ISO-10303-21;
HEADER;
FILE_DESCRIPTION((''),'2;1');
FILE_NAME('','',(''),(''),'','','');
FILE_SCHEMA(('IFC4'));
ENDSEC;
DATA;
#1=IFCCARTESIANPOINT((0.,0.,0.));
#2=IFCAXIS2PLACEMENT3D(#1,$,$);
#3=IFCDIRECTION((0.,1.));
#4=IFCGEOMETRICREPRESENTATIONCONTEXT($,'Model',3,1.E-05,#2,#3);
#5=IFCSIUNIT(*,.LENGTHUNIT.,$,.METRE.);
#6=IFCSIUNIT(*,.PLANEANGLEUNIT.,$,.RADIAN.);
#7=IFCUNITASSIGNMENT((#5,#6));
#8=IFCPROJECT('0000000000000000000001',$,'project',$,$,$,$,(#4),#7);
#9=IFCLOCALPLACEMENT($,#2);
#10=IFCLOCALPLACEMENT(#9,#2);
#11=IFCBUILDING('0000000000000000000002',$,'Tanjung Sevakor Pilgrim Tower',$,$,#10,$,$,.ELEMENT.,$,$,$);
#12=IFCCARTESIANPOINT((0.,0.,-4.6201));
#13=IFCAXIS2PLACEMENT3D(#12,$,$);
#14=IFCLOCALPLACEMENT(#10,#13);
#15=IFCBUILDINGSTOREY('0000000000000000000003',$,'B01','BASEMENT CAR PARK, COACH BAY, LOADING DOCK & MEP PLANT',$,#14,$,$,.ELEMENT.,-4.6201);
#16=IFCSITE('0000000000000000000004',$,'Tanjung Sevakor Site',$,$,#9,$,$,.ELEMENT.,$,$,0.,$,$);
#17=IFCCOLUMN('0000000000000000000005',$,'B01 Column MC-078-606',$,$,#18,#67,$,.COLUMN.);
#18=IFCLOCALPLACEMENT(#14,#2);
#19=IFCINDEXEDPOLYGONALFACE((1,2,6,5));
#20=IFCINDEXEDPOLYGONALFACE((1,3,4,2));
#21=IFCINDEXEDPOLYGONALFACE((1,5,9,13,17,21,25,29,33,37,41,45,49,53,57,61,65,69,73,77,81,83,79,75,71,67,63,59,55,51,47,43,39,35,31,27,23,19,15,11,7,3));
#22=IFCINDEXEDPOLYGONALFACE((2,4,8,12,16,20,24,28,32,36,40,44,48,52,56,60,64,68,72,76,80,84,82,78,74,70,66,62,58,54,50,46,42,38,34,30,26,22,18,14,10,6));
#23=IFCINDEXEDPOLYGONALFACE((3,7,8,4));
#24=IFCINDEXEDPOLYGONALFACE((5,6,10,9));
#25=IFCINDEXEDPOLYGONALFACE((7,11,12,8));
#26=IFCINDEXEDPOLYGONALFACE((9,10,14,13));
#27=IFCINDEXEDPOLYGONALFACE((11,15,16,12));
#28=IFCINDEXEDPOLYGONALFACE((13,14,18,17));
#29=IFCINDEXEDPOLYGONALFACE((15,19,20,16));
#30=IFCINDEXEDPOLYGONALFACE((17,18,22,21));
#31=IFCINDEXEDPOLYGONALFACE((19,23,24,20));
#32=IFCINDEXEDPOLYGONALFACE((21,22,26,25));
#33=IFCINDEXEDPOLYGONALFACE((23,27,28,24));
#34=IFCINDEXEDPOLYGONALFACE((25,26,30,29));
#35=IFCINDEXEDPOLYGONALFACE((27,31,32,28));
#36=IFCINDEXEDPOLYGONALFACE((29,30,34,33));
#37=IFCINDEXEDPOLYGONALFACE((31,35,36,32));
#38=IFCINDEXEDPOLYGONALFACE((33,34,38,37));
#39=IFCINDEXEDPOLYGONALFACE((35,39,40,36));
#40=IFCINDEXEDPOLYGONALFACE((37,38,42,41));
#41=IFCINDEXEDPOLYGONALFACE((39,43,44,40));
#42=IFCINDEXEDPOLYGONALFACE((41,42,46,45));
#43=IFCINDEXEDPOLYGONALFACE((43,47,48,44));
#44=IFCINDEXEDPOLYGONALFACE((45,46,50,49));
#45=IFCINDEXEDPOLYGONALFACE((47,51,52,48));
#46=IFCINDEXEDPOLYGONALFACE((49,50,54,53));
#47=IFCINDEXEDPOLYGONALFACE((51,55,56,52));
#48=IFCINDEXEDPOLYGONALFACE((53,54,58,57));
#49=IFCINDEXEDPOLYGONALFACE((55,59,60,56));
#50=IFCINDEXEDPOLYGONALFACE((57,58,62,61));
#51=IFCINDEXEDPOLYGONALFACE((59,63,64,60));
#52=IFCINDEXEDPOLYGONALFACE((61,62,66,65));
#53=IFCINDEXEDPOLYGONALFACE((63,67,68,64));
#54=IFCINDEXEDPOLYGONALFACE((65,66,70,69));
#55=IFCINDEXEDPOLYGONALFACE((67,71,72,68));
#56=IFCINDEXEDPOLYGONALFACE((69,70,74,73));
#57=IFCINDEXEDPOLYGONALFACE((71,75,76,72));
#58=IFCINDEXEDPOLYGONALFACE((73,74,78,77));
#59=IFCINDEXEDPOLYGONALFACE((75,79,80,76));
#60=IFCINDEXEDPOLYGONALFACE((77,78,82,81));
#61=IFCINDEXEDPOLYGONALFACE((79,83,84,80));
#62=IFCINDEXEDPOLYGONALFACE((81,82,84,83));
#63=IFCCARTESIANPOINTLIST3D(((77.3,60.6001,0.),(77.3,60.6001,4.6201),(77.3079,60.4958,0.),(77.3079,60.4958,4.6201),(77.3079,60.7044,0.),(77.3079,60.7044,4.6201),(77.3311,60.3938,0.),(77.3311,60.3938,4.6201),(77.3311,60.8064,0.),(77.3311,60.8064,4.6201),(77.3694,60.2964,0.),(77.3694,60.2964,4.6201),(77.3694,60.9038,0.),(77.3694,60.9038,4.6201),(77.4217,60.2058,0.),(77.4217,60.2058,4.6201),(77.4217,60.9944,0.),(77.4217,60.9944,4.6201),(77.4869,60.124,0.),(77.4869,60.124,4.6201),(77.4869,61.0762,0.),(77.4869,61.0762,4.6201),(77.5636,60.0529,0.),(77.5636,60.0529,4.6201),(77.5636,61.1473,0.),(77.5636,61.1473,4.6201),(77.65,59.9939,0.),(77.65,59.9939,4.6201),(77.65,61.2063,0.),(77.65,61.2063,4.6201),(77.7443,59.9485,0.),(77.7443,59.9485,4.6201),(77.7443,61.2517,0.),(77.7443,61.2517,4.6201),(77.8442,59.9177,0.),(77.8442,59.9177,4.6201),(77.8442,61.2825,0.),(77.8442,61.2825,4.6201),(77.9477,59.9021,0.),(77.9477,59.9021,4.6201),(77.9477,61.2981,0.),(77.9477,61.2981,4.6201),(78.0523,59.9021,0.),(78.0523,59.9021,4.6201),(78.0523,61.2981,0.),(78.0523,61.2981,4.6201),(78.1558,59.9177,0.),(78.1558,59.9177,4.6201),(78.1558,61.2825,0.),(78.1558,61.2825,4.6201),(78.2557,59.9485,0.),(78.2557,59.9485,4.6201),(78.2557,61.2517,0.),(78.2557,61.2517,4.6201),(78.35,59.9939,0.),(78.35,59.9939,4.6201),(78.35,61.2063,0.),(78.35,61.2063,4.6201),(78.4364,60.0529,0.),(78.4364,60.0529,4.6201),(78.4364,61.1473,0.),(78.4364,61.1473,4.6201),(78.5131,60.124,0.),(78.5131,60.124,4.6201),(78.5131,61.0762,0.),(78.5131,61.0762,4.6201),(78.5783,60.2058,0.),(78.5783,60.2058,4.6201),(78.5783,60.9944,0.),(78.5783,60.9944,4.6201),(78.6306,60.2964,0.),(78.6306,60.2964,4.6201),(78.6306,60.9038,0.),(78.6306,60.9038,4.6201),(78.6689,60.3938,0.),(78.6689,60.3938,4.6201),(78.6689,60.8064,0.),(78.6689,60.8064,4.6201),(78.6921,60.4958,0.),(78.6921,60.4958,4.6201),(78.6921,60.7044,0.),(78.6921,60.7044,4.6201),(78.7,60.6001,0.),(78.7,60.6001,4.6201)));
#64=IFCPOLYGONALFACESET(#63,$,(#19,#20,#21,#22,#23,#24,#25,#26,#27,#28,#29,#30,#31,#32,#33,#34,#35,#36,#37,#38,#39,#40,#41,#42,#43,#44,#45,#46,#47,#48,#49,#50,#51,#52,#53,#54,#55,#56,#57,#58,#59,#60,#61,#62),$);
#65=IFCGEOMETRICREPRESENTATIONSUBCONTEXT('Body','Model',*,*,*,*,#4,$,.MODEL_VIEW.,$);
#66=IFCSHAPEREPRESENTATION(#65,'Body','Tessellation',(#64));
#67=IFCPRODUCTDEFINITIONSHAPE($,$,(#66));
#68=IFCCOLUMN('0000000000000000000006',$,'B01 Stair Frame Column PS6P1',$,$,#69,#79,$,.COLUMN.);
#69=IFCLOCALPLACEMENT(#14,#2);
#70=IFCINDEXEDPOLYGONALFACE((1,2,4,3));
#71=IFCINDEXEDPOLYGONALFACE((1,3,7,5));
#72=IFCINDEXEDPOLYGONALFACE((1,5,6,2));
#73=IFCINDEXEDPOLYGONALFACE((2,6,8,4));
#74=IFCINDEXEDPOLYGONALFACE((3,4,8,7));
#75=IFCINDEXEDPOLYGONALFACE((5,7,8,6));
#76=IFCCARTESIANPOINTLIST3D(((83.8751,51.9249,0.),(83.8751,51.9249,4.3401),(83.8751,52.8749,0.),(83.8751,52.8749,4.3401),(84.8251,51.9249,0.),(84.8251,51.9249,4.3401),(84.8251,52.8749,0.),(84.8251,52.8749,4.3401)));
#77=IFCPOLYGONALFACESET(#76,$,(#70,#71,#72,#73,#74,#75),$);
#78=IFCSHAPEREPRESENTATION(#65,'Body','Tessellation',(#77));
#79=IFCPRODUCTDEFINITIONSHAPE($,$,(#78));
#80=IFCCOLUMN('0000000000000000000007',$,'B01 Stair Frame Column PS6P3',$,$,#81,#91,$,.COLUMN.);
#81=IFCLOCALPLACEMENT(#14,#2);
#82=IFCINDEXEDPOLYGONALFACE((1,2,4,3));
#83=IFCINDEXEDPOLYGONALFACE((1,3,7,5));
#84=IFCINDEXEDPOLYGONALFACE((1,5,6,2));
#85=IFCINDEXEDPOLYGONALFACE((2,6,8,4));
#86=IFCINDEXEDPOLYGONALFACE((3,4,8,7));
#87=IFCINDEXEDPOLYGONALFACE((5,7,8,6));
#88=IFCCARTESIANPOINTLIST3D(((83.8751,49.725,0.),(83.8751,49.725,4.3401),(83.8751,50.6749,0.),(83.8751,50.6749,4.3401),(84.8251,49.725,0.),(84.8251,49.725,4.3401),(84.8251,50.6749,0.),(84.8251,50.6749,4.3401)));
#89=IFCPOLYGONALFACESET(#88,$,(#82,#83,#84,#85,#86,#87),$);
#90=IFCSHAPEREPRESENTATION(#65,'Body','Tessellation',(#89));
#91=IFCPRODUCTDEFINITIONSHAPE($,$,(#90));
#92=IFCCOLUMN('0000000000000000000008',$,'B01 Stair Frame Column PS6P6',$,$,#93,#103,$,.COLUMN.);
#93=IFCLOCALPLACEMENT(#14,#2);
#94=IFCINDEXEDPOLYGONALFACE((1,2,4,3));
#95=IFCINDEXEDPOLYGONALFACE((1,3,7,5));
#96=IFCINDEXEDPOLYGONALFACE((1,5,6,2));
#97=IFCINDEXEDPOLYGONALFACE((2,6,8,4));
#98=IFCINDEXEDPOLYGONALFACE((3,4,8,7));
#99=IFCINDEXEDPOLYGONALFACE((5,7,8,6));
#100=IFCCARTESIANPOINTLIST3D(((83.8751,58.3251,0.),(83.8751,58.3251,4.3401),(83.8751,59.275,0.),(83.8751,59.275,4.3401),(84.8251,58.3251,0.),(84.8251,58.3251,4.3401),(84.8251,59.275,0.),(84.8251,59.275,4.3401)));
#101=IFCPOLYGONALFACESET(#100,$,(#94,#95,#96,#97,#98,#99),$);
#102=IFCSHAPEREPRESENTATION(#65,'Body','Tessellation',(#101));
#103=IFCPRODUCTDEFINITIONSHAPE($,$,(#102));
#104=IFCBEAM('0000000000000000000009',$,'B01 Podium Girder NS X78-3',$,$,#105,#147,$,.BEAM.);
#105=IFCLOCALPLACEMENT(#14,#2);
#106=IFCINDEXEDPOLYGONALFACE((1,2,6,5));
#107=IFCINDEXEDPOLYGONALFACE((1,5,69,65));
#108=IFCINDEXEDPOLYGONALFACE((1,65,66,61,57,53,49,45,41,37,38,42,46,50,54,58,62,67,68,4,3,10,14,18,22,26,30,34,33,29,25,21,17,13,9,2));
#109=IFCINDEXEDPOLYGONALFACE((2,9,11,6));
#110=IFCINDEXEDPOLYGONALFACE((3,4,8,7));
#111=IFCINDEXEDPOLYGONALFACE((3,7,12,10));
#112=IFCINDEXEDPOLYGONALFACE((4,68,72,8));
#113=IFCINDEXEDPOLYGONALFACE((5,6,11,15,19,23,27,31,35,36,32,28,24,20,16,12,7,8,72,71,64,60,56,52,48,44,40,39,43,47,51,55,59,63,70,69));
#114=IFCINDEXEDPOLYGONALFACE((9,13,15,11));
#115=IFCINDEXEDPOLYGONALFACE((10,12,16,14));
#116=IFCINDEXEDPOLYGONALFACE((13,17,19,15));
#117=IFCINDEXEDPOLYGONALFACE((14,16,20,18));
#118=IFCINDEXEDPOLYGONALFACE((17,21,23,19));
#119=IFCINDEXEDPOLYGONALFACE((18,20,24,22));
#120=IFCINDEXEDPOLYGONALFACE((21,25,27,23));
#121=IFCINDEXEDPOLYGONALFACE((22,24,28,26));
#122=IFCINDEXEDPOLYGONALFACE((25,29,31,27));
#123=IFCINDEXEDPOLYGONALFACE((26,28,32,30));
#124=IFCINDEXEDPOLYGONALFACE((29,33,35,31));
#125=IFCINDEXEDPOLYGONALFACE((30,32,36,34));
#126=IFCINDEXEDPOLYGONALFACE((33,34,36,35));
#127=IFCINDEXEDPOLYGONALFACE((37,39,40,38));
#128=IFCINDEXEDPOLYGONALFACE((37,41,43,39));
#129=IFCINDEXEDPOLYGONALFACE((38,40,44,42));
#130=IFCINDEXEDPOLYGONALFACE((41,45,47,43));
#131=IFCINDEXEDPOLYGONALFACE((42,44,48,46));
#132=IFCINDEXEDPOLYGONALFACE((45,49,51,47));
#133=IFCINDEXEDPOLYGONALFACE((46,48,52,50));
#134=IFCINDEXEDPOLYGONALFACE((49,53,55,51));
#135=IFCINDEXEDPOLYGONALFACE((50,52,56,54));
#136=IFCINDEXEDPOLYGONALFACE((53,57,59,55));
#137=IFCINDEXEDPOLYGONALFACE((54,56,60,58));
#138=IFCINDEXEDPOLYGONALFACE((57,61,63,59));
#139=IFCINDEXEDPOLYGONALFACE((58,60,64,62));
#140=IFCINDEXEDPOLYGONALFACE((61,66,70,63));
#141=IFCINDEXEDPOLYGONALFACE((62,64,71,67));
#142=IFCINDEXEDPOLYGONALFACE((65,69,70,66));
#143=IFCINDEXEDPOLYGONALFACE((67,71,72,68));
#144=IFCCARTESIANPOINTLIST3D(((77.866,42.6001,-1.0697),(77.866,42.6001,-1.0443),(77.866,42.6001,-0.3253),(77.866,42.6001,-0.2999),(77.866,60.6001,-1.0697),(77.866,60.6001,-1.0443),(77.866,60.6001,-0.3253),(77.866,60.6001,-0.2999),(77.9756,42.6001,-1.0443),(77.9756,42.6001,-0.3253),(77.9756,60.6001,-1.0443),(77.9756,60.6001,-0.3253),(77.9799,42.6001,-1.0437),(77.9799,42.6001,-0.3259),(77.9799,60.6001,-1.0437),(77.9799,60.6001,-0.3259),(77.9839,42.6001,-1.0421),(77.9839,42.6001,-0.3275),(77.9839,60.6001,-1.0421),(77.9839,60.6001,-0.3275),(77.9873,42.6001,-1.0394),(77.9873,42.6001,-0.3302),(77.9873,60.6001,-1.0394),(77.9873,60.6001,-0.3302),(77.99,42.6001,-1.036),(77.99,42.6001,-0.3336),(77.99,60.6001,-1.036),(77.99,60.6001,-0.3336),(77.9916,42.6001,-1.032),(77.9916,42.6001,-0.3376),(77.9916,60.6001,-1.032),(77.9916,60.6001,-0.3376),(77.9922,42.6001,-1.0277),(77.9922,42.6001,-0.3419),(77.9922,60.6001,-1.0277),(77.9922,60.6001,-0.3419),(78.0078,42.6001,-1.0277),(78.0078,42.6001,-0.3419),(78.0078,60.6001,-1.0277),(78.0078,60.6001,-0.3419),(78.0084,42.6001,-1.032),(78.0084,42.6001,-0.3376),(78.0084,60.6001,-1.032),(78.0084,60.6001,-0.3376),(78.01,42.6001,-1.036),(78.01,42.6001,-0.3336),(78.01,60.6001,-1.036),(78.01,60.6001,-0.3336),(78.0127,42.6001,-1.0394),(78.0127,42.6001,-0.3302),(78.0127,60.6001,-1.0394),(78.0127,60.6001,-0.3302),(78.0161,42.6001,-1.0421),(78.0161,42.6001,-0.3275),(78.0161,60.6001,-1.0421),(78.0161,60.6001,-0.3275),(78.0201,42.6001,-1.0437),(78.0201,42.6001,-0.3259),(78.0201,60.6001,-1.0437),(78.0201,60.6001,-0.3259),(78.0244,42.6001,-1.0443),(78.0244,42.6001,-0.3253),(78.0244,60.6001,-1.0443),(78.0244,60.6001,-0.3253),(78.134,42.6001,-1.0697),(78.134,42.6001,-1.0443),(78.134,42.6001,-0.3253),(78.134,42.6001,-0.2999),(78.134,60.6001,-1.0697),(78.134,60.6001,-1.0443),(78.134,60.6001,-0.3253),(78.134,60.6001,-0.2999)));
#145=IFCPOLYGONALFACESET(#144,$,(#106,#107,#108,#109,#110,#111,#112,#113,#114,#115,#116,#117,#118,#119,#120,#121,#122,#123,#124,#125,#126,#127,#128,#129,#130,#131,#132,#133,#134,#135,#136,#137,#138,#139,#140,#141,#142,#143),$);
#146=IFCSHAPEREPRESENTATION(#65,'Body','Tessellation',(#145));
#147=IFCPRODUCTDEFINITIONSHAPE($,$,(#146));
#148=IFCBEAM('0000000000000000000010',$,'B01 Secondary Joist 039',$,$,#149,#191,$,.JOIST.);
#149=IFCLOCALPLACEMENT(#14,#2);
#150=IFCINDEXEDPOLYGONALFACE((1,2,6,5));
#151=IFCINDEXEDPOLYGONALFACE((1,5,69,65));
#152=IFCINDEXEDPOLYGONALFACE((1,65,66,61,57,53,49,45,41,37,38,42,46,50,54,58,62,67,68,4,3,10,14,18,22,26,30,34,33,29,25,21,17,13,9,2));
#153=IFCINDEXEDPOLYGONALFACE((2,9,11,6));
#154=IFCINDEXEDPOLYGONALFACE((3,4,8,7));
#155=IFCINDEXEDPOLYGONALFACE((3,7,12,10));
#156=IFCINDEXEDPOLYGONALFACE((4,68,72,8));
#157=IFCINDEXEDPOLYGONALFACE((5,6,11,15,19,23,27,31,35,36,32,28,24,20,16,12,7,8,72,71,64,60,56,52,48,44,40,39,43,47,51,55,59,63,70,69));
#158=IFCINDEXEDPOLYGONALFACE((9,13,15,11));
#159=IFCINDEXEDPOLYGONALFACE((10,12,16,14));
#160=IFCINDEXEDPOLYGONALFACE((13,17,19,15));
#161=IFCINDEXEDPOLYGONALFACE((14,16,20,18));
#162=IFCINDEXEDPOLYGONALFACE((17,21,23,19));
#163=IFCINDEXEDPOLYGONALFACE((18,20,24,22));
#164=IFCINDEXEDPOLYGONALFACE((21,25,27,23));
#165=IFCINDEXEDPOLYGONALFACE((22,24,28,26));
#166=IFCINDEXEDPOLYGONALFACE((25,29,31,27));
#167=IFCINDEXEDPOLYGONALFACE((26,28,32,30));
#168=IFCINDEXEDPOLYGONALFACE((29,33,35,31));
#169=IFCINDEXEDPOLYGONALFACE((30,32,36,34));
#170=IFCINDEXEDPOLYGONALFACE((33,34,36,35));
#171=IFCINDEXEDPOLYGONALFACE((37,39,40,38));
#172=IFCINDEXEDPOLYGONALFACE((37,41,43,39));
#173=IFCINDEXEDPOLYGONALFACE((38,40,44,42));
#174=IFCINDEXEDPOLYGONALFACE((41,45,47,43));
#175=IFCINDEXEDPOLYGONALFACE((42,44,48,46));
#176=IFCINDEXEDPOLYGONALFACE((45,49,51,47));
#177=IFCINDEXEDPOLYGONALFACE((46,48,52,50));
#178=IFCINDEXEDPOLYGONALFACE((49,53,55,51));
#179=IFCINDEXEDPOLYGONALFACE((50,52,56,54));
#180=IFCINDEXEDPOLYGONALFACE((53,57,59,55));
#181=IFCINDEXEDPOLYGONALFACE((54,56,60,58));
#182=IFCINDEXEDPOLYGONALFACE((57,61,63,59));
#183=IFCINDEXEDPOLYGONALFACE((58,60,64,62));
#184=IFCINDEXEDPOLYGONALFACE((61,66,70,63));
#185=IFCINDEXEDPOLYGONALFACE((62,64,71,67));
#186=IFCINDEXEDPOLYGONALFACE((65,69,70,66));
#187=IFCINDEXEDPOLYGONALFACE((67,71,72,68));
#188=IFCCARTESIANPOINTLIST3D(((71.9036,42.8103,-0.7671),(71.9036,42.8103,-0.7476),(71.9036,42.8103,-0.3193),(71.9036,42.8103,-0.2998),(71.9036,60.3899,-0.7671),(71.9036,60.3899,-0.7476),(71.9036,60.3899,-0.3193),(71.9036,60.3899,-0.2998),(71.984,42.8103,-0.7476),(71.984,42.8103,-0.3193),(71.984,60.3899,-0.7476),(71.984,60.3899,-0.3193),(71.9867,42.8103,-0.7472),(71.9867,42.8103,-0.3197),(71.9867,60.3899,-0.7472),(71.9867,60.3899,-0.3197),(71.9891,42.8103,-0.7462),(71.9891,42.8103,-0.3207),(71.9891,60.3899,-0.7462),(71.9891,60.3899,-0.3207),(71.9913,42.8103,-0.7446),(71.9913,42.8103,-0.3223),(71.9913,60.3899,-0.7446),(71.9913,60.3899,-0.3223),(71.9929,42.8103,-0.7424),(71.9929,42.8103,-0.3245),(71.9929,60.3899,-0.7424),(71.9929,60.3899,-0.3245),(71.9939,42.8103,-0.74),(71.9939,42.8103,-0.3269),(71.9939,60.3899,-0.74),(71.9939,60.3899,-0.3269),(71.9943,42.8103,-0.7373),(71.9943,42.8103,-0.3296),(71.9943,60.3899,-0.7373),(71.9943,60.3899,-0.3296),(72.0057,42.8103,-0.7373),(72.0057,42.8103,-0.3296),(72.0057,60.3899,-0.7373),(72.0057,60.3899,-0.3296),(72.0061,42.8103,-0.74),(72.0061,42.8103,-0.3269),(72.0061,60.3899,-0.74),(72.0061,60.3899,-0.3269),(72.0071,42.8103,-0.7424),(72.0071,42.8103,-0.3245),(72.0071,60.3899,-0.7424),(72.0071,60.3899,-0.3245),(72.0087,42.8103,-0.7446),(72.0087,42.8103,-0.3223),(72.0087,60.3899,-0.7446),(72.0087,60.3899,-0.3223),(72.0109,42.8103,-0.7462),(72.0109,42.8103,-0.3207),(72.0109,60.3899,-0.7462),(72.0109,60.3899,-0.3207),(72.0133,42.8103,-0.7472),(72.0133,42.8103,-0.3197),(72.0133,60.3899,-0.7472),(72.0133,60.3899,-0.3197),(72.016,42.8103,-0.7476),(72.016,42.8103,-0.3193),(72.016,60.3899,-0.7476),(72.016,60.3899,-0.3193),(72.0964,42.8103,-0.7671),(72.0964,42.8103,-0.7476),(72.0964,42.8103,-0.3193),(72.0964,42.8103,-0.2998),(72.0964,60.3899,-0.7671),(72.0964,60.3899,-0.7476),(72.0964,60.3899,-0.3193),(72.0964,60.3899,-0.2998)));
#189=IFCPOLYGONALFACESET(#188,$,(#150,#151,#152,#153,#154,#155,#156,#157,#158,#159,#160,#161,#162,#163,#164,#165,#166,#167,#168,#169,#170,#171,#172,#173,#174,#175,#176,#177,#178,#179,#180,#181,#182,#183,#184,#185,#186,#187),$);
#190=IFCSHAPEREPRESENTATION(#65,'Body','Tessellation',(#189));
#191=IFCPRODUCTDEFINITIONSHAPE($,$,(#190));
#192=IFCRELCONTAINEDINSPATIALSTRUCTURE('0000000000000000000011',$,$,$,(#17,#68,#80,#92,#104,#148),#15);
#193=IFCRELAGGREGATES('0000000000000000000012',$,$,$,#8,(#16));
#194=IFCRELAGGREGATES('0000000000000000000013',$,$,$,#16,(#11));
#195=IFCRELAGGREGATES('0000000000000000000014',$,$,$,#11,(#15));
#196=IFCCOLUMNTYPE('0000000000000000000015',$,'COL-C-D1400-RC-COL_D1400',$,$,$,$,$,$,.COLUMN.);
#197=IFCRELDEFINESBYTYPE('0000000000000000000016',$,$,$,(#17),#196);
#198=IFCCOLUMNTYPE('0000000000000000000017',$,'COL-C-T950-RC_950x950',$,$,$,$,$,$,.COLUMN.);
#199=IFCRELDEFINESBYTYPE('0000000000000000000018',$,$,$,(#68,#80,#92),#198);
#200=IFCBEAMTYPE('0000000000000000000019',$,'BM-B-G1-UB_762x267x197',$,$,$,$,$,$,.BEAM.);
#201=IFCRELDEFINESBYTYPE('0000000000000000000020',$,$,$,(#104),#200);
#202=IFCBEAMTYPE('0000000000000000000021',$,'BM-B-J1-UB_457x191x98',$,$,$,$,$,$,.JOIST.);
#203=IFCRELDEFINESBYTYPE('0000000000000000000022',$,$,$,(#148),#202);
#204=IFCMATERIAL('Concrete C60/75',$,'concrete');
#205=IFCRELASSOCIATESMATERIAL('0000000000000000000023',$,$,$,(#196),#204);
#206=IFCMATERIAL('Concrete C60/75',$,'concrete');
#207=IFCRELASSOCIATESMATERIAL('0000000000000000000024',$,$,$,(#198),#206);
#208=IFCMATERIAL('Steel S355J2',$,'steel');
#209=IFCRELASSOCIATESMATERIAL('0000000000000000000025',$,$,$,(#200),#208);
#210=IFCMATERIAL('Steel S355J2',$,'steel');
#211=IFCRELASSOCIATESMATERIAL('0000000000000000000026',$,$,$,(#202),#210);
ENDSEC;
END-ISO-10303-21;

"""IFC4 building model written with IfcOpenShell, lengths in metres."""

from ifc_helpers import new_model, si_unit, direction, frame, origin, origin_2d, place, context, subcontext, project, spatial, rectangle, circle, i_section, extrude, material, material_profile, profile_set, type_object, element, save


model = new_model("IFC4")

# Units and contexts
model_context = context("Model", 3, precision=1e-05, world=origin(), true_north=direction((0.0, 1.0)))
body_context = subcontext(model_context, "Body", "Model", "MODEL_VIEW")
ifc_project = project(units=[si_unit("LENGTHUNIT", "METRE"), si_unit("PLANEANGLEUNIT", "RADIAN")], contexts=[model_context])

# Site, building, storey
site_placement = place(None, origin())
site = spatial("IfcSite", under=ifc_project, at=site_placement, Name="Tanjung Sevakor Site", CompositionType="ELEMENT", RefElevation=0.0)
building_placement = place(site_placement, origin())
building = spatial("IfcBuilding", under=site, at=building_placement, Name="Tanjung Sevakor Pilgrim Tower", CompositionType="ELEMENT")
storey_placement = place(building_placement, frame((0.0, 0.0, -4.6201)))
storey = spatial("IfcBuildingStorey", under=building, at=storey_placement, Name="B01", Description="BASEMENT CAR PARK, COACH BAY, LOADING DOCK & MEP PLANT", CompositionType="ELEMENT", Elevation=-4.6201)

# Columns
ifc_material_1 = material(Name="Concrete C60/75", Category="concrete")
ifc_material_profile_1 = material_profile(ifc_material_1, circle(Radius=0.7, at=origin_2d()))
ifc_profile_set_1 = profile_set([ifc_material_profile_1], Name="Concrete C60/75")
column_type_1 = type_object("IfcColumnType", Name="COL-C-D1400-RC-COL_D1400", PredefinedType="COLUMN", material=ifc_profile_set_1)
column_placement = place(storey_placement, frame((78.0, 60.6001, 0.0), z_axis=(0.0, 0.0, 1.0), x_axis=(1.0, 0.0, 0.0)))
element("IfcColumn", 1, at=column_placement, inside=storey, type_object=column_type_1, Name="B01 Column MC-078-606", PredefinedType="COLUMN", context=body_context, shape_type="SweptSolid", body=[
    extrude(circle(Radius=0.7, at=origin_2d()), origin(), (0.0, 0.0, 1.0), 4.6201),
])
ifc_material_2 = material(Name="Concrete C60/75", Category="concrete")
ifc_material_profile_2 = material_profile(ifc_material_2, rectangle(XDim=0.95, YDim=0.95, at=origin_2d()))
ifc_profile_set_2 = profile_set([ifc_material_profile_2], Name="Concrete C60/75")
column_type_2 = type_object("IfcColumnType", Name="COL-C-T950-RC_950x950", PredefinedType="COLUMN", material=ifc_profile_set_2)
for number, where, z_axis, x_axis, name in (
    (2, (84.3501, 52.3999, 0.0), (0.0, 0.0, 1.0), (1.0, 0.0, 0.0), "B01 Stair Frame Column PS6P1"),
    (3, (84.3501, 50.2, 0.0), (0.0, 0.0, 1.0), (1.0, 0.0, 0.0), "B01 Stair Frame Column PS6P3"),
    (4, (84.3501, 58.8, 0.0), (0.0, 0.0, 1.0), (1.0, 0.0, 0.0), "B01 Stair Frame Column PS6P6"),
):
    element("IfcColumn", number, at=place(storey_placement, frame(where, z_axis=z_axis, x_axis=x_axis)), inside=storey, type_object=column_type_2, Name=name, PredefinedType="COLUMN", context=body_context, shape_type="SweptSolid", body=[
        extrude(rectangle(XDim=0.95, YDim=0.95, at=origin_2d()), origin(), (0.0, 0.0, 1.0), 4.3401),
    ])

# Beams
ifc_material_3 = material(Name="Steel S355J2", Category="steel")
ifc_material_profile_3 = material_profile(ifc_material_3, i_section(OverallWidth=0.2681, OverallDepth=0.7698, WebThickness=0.0156, FlangeThickness=0.0254, FilletRadius=0.0166, at=origin_2d()))
ifc_profile_set_3 = profile_set([ifc_material_profile_3], Name="Steel S355J2")
beam_type_1 = type_object("IfcBeamType", Name="BM-B-G1-UB_762x267x197", PredefinedType="BEAM", material=ifc_profile_set_3)
beam_1_placement = place(storey_placement, frame((78.0, 42.6001, -0.6848), z_axis=(0.0, 1.0, 0.0), x_axis=(-1.0, 0.0, 0.0)))
element("IfcBeam", 5, at=beam_1_placement, inside=storey, type_object=beam_type_1, Name="B01 Podium Girder NS X78-3", PredefinedType="BEAM", context=body_context, shape_type="SweptSolid", body=[
    extrude(i_section(OverallWidth=0.2681, OverallDepth=0.7698, WebThickness=0.0156, FlangeThickness=0.0254, FilletRadius=0.0166, at=origin_2d()), origin(), (0.0, 0.0, 1.0), 18.0),
])
ifc_material_4 = material(Name="Steel S355J2", Category="steel")
ifc_material_profile_4 = material_profile(ifc_material_4, i_section(OverallWidth=0.1929, OverallDepth=0.4673, WebThickness=0.0115, FlangeThickness=0.0195, FilletRadius=0.0103, at=origin_2d()))
ifc_profile_set_4 = profile_set([ifc_material_profile_4], Name="Steel S355J2")
beam_type_2 = type_object("IfcBeamType", Name="BM-B-J1-UB_457x191x98", PredefinedType="JOIST", material=ifc_profile_set_4)
for number, where, z_axis, x_axis, name in (
    (6, (72.0, 42.8103, -0.5334), (0.0, 1.0, 0.0), (-1.0, 0.0, 0.0), "B01 Secondary Joist 039"),
):
    element("IfcBeam", number, at=place(storey_placement, frame(where, z_axis=z_axis, x_axis=x_axis)), inside=storey, type_object=beam_type_2, Name=name, PredefinedType="JOIST", context=body_context, shape_type="SweptSolid", body=[
        extrude(i_section(OverallWidth=0.1929, OverallDepth=0.4673, WebThickness=0.0115, FlangeThickness=0.0195, FilletRadius=0.0103, at=origin_2d()), origin(), (0.0, 0.0, 1.0), 17.5796),
    ])

save(model, "model.ifc")
